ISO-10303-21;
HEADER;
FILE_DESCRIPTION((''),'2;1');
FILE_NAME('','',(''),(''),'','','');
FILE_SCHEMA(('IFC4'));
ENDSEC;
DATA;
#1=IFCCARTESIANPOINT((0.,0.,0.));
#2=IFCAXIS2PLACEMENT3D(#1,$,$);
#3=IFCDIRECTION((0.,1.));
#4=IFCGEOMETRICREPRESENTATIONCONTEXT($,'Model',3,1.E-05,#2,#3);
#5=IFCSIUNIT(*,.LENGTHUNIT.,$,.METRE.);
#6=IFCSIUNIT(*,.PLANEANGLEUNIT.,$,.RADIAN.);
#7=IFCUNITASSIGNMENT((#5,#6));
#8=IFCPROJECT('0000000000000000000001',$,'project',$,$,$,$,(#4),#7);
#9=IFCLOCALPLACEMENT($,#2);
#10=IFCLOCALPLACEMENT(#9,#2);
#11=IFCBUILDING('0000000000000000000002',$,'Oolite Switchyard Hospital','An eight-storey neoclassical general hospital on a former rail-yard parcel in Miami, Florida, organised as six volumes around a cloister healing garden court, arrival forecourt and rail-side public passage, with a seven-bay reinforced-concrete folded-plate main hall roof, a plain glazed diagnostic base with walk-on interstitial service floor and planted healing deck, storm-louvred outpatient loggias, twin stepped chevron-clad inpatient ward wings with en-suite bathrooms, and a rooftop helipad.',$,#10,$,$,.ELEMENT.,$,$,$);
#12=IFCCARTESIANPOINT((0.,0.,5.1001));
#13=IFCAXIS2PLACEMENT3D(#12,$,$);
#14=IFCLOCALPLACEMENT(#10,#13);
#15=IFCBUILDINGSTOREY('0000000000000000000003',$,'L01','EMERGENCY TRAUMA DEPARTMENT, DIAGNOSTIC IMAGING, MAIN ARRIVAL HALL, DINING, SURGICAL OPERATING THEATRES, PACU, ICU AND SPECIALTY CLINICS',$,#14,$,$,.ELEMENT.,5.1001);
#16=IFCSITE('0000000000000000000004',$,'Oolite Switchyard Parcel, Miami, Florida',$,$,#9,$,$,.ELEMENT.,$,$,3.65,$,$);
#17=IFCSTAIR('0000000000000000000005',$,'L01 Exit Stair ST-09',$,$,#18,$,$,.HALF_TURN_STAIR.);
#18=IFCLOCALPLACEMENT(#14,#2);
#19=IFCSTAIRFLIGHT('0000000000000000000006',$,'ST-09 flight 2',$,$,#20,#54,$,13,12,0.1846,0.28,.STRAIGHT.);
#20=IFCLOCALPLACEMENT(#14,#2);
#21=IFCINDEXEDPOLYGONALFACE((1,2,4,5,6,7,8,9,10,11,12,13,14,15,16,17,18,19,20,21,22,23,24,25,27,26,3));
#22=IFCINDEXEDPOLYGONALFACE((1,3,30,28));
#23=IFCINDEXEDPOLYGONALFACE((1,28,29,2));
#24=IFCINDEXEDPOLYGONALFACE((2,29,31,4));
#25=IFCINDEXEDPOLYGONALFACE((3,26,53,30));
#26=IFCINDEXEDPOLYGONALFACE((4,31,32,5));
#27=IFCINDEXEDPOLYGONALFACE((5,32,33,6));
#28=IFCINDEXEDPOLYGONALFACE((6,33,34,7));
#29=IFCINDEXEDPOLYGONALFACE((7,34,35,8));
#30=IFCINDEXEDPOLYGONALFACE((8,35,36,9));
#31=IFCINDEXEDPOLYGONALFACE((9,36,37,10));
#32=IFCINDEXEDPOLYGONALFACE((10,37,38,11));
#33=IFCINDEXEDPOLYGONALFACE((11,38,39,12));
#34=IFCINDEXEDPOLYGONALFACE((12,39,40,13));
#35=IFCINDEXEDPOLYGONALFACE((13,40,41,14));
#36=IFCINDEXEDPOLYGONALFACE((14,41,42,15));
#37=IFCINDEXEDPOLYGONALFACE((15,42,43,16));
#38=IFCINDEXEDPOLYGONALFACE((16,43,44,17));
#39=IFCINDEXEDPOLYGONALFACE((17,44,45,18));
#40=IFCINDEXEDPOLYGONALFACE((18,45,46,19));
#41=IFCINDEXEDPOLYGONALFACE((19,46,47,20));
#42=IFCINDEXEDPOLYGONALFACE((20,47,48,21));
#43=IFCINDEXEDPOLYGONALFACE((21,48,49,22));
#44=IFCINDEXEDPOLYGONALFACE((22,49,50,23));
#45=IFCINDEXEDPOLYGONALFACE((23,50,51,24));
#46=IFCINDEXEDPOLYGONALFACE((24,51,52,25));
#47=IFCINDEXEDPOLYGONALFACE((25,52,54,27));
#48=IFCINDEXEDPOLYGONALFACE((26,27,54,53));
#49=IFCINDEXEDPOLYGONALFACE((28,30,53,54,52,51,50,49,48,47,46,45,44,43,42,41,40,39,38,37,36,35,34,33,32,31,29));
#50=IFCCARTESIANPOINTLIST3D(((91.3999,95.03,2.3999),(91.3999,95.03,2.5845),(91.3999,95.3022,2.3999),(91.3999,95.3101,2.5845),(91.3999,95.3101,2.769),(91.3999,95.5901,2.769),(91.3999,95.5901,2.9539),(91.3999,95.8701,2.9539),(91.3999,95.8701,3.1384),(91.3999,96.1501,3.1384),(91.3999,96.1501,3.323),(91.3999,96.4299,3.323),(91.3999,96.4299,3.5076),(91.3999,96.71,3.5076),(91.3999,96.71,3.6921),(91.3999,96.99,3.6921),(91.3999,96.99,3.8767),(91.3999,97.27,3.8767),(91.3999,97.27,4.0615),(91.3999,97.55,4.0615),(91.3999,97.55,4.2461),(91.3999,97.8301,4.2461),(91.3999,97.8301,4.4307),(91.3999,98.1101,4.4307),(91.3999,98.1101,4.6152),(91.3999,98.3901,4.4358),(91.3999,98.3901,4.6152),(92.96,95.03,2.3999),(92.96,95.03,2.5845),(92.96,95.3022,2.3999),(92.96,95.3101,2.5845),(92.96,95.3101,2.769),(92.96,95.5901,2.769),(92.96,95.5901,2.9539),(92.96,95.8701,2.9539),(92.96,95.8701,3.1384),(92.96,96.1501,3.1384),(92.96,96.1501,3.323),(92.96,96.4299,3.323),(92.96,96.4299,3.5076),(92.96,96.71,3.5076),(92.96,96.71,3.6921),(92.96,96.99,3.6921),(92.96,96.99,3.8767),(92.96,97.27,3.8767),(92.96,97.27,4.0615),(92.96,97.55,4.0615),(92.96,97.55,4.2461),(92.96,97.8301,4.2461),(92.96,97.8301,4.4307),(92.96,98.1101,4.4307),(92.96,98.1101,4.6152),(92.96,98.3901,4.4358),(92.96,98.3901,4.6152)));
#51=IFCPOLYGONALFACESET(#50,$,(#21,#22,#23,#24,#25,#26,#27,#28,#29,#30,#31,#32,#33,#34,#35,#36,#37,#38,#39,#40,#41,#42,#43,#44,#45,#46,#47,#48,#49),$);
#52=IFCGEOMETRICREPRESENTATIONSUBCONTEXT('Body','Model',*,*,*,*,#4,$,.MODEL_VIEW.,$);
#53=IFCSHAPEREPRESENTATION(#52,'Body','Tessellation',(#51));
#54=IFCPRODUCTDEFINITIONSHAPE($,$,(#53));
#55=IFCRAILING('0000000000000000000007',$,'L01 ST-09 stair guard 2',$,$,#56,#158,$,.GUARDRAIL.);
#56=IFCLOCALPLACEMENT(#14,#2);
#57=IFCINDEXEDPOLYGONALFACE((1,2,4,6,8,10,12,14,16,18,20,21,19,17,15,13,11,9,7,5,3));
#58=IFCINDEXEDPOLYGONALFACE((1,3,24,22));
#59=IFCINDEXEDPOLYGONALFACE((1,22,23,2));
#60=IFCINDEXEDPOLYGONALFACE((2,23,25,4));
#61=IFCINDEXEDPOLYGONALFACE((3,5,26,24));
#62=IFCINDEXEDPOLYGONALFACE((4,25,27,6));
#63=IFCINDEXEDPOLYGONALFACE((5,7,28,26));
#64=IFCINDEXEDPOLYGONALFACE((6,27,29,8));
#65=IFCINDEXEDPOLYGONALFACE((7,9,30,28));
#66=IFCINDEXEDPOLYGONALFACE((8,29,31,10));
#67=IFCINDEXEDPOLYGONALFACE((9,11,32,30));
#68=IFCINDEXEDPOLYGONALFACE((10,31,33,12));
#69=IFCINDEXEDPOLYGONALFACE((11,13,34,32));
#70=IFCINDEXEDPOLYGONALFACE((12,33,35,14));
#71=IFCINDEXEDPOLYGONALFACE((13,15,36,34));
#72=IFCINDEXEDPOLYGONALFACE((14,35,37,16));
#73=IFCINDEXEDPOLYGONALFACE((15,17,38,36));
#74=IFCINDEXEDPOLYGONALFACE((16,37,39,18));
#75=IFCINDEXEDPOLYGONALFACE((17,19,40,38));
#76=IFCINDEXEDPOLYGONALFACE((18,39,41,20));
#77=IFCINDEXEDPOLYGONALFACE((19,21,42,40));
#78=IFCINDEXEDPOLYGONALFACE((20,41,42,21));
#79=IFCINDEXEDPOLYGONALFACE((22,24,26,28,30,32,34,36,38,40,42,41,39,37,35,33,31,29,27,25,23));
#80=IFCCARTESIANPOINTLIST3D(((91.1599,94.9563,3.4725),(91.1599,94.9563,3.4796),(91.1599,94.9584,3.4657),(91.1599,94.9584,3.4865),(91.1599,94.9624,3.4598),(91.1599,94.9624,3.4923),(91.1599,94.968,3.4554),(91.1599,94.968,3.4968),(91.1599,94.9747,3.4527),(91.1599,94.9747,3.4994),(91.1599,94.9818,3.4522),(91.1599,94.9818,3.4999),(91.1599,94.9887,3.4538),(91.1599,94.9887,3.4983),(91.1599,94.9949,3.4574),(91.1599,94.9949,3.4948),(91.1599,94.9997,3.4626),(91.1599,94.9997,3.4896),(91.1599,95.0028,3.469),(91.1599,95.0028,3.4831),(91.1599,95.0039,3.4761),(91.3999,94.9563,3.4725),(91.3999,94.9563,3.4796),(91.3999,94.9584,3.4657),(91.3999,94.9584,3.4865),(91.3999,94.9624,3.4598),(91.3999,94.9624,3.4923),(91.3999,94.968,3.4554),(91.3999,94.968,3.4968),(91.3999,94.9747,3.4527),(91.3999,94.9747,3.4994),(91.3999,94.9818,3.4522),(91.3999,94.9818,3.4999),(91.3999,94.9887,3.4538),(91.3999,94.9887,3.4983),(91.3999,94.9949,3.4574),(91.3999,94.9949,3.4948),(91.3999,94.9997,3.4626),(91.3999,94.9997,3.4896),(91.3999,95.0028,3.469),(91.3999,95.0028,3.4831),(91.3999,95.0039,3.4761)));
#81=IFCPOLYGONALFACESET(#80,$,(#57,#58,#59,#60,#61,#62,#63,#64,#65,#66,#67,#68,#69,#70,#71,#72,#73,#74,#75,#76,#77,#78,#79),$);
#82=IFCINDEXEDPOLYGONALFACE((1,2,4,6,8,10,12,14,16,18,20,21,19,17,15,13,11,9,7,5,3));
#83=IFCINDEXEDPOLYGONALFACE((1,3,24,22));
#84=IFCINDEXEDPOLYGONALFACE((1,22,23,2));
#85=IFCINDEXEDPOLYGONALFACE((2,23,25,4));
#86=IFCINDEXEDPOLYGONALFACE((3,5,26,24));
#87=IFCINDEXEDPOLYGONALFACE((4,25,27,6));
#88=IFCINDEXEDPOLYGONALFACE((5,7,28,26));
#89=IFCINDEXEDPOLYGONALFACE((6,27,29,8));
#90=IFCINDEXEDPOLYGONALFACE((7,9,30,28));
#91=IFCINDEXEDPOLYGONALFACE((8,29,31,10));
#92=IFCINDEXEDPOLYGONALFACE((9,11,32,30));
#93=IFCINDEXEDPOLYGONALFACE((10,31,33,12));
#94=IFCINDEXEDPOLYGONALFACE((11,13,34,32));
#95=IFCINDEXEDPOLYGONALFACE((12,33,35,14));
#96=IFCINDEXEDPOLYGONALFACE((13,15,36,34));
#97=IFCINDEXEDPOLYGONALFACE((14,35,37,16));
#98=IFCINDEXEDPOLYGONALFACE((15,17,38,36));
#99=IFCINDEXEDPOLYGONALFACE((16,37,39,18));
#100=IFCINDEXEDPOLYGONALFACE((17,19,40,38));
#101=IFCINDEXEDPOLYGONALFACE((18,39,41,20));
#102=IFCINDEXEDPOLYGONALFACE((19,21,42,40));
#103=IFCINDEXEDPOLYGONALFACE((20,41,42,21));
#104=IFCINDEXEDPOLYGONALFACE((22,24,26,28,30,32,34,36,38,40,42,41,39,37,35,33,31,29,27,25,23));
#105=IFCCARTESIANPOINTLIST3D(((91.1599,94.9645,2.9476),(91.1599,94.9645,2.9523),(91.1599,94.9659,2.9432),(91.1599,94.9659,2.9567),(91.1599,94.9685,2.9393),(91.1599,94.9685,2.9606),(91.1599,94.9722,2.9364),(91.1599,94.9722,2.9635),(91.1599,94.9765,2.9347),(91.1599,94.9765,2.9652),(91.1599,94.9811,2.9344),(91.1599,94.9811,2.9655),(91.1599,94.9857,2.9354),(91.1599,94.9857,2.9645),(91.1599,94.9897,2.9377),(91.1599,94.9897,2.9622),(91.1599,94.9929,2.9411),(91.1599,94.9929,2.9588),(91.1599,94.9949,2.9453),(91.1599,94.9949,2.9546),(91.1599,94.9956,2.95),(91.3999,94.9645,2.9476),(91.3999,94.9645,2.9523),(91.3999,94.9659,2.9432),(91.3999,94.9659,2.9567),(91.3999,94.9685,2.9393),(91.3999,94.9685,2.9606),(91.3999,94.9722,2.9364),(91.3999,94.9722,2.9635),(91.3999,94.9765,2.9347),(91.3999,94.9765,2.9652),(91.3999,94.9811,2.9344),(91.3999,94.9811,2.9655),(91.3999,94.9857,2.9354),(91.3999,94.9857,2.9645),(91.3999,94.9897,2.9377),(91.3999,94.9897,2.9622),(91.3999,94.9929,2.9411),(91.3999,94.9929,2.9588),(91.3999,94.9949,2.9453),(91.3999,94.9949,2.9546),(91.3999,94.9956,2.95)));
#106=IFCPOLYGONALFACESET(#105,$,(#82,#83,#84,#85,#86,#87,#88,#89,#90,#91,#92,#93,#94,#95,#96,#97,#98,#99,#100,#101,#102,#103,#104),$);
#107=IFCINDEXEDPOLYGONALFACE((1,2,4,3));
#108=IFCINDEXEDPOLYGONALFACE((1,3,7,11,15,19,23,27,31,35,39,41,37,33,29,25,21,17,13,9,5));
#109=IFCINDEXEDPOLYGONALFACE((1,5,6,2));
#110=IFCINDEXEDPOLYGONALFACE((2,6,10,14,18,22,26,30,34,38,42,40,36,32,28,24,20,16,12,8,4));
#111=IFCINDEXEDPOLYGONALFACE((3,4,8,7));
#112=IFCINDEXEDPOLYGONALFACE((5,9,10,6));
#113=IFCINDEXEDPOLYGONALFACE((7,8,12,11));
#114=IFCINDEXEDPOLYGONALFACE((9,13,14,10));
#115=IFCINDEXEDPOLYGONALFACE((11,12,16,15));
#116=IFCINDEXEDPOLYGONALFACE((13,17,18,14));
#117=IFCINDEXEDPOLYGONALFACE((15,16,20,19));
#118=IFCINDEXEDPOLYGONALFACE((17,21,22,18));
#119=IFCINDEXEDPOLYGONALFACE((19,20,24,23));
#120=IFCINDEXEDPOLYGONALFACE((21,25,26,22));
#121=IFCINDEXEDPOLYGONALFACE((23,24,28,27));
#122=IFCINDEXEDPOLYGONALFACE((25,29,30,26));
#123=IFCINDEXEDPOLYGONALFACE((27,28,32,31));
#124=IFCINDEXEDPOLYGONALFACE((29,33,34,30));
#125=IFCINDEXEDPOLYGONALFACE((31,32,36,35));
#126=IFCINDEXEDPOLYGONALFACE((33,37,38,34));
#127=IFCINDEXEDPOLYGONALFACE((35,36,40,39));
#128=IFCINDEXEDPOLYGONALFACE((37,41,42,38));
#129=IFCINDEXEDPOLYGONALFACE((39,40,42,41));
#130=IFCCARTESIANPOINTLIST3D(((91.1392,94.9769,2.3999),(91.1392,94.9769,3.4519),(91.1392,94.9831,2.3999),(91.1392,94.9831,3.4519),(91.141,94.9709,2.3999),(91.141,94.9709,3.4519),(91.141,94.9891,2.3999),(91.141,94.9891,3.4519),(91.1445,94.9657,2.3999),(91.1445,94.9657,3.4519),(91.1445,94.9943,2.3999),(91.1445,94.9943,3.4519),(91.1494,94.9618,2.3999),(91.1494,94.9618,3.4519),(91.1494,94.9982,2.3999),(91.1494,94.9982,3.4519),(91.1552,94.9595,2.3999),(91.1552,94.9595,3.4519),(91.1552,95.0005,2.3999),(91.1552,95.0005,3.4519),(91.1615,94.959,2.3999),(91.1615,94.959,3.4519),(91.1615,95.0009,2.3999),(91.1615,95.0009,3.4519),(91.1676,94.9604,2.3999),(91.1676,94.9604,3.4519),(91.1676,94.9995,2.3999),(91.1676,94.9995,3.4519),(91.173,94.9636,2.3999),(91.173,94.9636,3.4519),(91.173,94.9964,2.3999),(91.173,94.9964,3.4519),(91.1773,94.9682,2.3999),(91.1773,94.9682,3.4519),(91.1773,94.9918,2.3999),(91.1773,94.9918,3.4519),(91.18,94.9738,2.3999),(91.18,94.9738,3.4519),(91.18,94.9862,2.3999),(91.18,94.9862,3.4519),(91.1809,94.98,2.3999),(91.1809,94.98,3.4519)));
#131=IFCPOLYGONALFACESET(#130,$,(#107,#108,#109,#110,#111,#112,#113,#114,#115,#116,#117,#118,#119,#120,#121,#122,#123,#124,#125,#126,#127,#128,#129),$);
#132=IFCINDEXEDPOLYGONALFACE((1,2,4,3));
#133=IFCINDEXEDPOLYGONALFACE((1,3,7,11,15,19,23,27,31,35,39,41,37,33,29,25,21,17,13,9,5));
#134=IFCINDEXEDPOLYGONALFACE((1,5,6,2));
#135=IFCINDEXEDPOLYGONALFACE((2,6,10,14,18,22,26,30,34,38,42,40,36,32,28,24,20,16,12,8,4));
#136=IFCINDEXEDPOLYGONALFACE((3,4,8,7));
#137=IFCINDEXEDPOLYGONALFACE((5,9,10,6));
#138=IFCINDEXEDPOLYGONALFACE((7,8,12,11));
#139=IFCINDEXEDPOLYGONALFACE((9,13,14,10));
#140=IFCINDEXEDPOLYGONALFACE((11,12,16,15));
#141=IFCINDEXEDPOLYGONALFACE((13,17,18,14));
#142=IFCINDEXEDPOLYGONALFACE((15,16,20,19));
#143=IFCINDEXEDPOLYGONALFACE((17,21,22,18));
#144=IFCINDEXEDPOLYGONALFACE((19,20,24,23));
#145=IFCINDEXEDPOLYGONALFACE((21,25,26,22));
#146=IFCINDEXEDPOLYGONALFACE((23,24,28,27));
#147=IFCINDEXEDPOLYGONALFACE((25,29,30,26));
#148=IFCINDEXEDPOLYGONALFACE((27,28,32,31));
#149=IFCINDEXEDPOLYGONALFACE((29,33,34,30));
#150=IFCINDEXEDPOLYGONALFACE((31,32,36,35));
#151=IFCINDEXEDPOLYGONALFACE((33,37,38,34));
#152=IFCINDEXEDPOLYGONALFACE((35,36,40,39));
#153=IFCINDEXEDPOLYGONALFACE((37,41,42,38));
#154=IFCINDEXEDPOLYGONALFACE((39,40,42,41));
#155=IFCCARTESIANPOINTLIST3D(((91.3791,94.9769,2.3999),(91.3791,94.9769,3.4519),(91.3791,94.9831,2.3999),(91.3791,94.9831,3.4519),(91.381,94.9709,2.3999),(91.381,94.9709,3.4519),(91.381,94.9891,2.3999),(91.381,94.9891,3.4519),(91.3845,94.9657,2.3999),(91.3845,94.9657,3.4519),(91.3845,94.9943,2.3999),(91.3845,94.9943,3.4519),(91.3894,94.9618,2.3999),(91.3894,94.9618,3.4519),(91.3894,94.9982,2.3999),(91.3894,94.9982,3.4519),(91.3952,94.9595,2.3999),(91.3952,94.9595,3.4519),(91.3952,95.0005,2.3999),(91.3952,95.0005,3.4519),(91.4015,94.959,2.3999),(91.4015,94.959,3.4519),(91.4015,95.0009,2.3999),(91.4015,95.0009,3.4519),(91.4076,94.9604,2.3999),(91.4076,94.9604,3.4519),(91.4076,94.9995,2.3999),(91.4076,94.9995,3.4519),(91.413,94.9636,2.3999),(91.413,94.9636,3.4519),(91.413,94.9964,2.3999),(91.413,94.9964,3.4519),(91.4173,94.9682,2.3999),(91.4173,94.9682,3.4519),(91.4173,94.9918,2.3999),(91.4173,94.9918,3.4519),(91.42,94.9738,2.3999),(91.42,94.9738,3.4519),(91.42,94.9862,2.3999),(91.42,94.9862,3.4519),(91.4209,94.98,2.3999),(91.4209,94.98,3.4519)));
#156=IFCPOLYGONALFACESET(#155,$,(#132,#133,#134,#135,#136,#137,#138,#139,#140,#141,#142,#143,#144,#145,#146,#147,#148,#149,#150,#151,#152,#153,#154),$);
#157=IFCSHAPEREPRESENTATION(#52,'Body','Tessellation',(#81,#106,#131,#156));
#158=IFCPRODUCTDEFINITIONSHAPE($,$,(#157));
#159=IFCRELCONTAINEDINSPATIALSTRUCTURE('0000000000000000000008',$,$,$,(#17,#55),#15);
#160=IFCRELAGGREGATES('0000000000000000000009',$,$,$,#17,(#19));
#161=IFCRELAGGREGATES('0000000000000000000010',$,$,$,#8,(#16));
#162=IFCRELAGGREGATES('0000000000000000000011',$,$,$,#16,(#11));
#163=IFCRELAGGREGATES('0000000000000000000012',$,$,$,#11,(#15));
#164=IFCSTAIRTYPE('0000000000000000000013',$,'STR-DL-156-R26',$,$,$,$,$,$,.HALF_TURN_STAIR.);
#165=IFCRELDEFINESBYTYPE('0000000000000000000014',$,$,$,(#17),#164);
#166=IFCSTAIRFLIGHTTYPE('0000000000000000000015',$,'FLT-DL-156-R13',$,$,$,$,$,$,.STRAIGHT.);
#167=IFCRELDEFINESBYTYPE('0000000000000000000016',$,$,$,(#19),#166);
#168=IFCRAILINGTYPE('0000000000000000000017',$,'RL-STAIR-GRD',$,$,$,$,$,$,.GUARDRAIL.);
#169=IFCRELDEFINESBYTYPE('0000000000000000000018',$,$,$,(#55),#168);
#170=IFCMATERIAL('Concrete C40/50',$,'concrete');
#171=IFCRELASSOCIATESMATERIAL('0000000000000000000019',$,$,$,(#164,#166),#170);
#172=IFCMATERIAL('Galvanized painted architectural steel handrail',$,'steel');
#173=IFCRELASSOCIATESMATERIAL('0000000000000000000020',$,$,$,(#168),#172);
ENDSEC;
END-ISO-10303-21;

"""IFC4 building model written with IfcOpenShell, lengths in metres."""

from ifc_helpers import new_model, si_unit, direction, frame, origin, origin_2d, place, context, subcontext, project, spatial, polyline, circle, outline, extrude, material, type_object, element, aggregate, save


model = new_model("IFC4")

# Units and contexts
model_context = context("Model", 3, precision=1e-05, world=origin(), true_north=direction((0.0, 1.0)))
body_context = subcontext(model_context, "Body", "Model", "MODEL_VIEW")
ifc_project = project(units=[si_unit("LENGTHUNIT", "METRE"), si_unit("PLANEANGLEUNIT", "RADIAN")], contexts=[model_context])

# Site, building, storey
site_placement = place(None, origin())
site = spatial("IfcSite", under=ifc_project, at=site_placement, Name="Oolite Switchyard Parcel, Miami, Florida", CompositionType="ELEMENT", RefElevation=3.65)
building_placement = place(site_placement, origin())
building = spatial("IfcBuilding", under=site, at=building_placement, Name="Oolite Switchyard Hospital", Description="An eight-storey neoclassical general hospital on a former rail-yard parcel in Miami, Florida, organised as six volumes around a cloister healing garden court, arrival forecourt and rail-side public passage, with a seven-bay reinforced-concrete folded-plate main hall roof, a plain glazed diagnostic base with walk-on interstitial service floor and planted healing deck, storm-louvred outpatient loggias, twin stepped chevron-clad inpatient ward wings with en-suite bathrooms, and a rooftop helipad.", CompositionType="ELEMENT")
storey_placement = place(building_placement, frame((0.0, 0.0, 5.1001)))
storey = spatial("IfcBuildingStorey", under=building, at=storey_placement, Name="L01", Description="EMERGENCY TRAUMA DEPARTMENT, DIAGNOSTIC IMAGING, MAIN ARRIVAL HALL, DINING, SURGICAL OPERATING THEATRES, PACU, ICU AND SPECIALTY CLINICS", CompositionType="ELEMENT", Elevation=5.1001)

# Shared definitions
ifc_material_1 = material(Name="Concrete C40/50", Category="concrete")

# Stair, stair flight
stair_type = type_object("IfcStairType", Name="STR-DL-156-R26", PredefinedType="HALF_TURN_STAIR", material=ifc_material_1)
stair_placement = place(storey_placement, origin())
stair = element("IfcStair", 1, at=stair_placement, inside=storey, type_object=stair_type, Name="L01 Exit Stair ST-09", PredefinedType="HALF_TURN_STAIR")
stair_flight_type = type_object("IfcStairFlightType", Name="FLT-DL-156-R13", PredefinedType="STRAIGHT", material=ifc_material_1)
stair_flight_1_placement = place(storey_placement, frame((92.1799, 95.03, 2.3999), z_axis=(0.0, 0.0, 1.0), x_axis=(0.0, 1.0, 0.0)))
stair_flight_1 = element("IfcStairFlight", 2, at=stair_flight_1_placement, type_object=stair_flight_type, Name="ST-09 flight 2", NumberOfRisers=13, NumberOfTreads=12, PredefinedType="STRAIGHT", RiserHeight=0.1846, TreadLength=0.28, context=body_context, shape_type="SweptSolid", body=[
    extrude(outline(polyline([(0.0, 0.0), (0.0, 0.1846), (0.28, 0.1846), (0.28, 0.3691), (0.5601, 0.3691), (0.5601, 0.554), (0.8401, 0.554), (0.8401, 0.7385), (1.1201, 0.7385), (1.1201, 0.9231), (1.3999, 0.9231), (1.3999, 1.1077), (1.6799, 1.1077), (1.6799, 1.2922), (1.96, 1.2922), (1.96, 1.4768), (2.24, 1.4768), (2.24, 1.6616), (2.52, 1.6616), (2.52, 1.8462), (2.8, 1.8462), (2.8, 2.0308), (3.0801, 2.0308), (3.0801, 2.2153), (3.3601, 2.2153), (3.3601, 2.3999), (3.3601, 2.0359), (0.2722, 0.0), (0.0, 0.0)])), frame((0.0, 0.78, 0.0), z_axis=(0.0, -1.0, 0.0), x_axis=(1.0, 0.0, 0.0)), (0.0, 0.0, 1.0), 1.5601),
])
aggregate(stair, [stair_flight_1])

# Railing
ifc_material_2 = material(Name="Galvanized painted architectural steel handrail", Category="steel")
railing_type_1 = type_object("IfcRailingType", Name="RL-STAIR-GRD", PredefinedType="GUARDRAIL", material=ifc_material_2)
railing_1_placement = place(storey_placement, frame((91.1599, 94.98, 2.3999)))
element("IfcRailing", 3, at=railing_1_placement, inside=storey, type_object=railing_type_1, Name="L01 ST-09 stair guard 2", PredefinedType="GUARDRAIL", context=body_context, shape_type="SweptSolid", body=[
    extrude(circle(Radius=0.0239, at=origin_2d()), frame((0.0, 0.0, 1.0762), z_axis=(1.0, 0.0, 0.0), x_axis=(0.0, 1.0, 0.0)), (0.0, 0.0, 1.0), 0.24),
    extrude(circle(Radius=0.0156, at=origin_2d()), frame((0.0, 0.0, 0.55), z_axis=(1.0, 0.0, 0.0), x_axis=(0.0, 1.0, 0.0)), (0.0, 0.0, 1.0), 0.24),
    extrude(circle(Radius=0.021, at=origin_2d()), origin(), (0.0, 0.0, 1.0), 1.052),
    extrude(circle(Radius=0.021, at=origin_2d()), frame((0.24, 0.0, 0.0)), (0.0, 0.0, 1.0), 1.052),
])

save(model, "model.ifc")
